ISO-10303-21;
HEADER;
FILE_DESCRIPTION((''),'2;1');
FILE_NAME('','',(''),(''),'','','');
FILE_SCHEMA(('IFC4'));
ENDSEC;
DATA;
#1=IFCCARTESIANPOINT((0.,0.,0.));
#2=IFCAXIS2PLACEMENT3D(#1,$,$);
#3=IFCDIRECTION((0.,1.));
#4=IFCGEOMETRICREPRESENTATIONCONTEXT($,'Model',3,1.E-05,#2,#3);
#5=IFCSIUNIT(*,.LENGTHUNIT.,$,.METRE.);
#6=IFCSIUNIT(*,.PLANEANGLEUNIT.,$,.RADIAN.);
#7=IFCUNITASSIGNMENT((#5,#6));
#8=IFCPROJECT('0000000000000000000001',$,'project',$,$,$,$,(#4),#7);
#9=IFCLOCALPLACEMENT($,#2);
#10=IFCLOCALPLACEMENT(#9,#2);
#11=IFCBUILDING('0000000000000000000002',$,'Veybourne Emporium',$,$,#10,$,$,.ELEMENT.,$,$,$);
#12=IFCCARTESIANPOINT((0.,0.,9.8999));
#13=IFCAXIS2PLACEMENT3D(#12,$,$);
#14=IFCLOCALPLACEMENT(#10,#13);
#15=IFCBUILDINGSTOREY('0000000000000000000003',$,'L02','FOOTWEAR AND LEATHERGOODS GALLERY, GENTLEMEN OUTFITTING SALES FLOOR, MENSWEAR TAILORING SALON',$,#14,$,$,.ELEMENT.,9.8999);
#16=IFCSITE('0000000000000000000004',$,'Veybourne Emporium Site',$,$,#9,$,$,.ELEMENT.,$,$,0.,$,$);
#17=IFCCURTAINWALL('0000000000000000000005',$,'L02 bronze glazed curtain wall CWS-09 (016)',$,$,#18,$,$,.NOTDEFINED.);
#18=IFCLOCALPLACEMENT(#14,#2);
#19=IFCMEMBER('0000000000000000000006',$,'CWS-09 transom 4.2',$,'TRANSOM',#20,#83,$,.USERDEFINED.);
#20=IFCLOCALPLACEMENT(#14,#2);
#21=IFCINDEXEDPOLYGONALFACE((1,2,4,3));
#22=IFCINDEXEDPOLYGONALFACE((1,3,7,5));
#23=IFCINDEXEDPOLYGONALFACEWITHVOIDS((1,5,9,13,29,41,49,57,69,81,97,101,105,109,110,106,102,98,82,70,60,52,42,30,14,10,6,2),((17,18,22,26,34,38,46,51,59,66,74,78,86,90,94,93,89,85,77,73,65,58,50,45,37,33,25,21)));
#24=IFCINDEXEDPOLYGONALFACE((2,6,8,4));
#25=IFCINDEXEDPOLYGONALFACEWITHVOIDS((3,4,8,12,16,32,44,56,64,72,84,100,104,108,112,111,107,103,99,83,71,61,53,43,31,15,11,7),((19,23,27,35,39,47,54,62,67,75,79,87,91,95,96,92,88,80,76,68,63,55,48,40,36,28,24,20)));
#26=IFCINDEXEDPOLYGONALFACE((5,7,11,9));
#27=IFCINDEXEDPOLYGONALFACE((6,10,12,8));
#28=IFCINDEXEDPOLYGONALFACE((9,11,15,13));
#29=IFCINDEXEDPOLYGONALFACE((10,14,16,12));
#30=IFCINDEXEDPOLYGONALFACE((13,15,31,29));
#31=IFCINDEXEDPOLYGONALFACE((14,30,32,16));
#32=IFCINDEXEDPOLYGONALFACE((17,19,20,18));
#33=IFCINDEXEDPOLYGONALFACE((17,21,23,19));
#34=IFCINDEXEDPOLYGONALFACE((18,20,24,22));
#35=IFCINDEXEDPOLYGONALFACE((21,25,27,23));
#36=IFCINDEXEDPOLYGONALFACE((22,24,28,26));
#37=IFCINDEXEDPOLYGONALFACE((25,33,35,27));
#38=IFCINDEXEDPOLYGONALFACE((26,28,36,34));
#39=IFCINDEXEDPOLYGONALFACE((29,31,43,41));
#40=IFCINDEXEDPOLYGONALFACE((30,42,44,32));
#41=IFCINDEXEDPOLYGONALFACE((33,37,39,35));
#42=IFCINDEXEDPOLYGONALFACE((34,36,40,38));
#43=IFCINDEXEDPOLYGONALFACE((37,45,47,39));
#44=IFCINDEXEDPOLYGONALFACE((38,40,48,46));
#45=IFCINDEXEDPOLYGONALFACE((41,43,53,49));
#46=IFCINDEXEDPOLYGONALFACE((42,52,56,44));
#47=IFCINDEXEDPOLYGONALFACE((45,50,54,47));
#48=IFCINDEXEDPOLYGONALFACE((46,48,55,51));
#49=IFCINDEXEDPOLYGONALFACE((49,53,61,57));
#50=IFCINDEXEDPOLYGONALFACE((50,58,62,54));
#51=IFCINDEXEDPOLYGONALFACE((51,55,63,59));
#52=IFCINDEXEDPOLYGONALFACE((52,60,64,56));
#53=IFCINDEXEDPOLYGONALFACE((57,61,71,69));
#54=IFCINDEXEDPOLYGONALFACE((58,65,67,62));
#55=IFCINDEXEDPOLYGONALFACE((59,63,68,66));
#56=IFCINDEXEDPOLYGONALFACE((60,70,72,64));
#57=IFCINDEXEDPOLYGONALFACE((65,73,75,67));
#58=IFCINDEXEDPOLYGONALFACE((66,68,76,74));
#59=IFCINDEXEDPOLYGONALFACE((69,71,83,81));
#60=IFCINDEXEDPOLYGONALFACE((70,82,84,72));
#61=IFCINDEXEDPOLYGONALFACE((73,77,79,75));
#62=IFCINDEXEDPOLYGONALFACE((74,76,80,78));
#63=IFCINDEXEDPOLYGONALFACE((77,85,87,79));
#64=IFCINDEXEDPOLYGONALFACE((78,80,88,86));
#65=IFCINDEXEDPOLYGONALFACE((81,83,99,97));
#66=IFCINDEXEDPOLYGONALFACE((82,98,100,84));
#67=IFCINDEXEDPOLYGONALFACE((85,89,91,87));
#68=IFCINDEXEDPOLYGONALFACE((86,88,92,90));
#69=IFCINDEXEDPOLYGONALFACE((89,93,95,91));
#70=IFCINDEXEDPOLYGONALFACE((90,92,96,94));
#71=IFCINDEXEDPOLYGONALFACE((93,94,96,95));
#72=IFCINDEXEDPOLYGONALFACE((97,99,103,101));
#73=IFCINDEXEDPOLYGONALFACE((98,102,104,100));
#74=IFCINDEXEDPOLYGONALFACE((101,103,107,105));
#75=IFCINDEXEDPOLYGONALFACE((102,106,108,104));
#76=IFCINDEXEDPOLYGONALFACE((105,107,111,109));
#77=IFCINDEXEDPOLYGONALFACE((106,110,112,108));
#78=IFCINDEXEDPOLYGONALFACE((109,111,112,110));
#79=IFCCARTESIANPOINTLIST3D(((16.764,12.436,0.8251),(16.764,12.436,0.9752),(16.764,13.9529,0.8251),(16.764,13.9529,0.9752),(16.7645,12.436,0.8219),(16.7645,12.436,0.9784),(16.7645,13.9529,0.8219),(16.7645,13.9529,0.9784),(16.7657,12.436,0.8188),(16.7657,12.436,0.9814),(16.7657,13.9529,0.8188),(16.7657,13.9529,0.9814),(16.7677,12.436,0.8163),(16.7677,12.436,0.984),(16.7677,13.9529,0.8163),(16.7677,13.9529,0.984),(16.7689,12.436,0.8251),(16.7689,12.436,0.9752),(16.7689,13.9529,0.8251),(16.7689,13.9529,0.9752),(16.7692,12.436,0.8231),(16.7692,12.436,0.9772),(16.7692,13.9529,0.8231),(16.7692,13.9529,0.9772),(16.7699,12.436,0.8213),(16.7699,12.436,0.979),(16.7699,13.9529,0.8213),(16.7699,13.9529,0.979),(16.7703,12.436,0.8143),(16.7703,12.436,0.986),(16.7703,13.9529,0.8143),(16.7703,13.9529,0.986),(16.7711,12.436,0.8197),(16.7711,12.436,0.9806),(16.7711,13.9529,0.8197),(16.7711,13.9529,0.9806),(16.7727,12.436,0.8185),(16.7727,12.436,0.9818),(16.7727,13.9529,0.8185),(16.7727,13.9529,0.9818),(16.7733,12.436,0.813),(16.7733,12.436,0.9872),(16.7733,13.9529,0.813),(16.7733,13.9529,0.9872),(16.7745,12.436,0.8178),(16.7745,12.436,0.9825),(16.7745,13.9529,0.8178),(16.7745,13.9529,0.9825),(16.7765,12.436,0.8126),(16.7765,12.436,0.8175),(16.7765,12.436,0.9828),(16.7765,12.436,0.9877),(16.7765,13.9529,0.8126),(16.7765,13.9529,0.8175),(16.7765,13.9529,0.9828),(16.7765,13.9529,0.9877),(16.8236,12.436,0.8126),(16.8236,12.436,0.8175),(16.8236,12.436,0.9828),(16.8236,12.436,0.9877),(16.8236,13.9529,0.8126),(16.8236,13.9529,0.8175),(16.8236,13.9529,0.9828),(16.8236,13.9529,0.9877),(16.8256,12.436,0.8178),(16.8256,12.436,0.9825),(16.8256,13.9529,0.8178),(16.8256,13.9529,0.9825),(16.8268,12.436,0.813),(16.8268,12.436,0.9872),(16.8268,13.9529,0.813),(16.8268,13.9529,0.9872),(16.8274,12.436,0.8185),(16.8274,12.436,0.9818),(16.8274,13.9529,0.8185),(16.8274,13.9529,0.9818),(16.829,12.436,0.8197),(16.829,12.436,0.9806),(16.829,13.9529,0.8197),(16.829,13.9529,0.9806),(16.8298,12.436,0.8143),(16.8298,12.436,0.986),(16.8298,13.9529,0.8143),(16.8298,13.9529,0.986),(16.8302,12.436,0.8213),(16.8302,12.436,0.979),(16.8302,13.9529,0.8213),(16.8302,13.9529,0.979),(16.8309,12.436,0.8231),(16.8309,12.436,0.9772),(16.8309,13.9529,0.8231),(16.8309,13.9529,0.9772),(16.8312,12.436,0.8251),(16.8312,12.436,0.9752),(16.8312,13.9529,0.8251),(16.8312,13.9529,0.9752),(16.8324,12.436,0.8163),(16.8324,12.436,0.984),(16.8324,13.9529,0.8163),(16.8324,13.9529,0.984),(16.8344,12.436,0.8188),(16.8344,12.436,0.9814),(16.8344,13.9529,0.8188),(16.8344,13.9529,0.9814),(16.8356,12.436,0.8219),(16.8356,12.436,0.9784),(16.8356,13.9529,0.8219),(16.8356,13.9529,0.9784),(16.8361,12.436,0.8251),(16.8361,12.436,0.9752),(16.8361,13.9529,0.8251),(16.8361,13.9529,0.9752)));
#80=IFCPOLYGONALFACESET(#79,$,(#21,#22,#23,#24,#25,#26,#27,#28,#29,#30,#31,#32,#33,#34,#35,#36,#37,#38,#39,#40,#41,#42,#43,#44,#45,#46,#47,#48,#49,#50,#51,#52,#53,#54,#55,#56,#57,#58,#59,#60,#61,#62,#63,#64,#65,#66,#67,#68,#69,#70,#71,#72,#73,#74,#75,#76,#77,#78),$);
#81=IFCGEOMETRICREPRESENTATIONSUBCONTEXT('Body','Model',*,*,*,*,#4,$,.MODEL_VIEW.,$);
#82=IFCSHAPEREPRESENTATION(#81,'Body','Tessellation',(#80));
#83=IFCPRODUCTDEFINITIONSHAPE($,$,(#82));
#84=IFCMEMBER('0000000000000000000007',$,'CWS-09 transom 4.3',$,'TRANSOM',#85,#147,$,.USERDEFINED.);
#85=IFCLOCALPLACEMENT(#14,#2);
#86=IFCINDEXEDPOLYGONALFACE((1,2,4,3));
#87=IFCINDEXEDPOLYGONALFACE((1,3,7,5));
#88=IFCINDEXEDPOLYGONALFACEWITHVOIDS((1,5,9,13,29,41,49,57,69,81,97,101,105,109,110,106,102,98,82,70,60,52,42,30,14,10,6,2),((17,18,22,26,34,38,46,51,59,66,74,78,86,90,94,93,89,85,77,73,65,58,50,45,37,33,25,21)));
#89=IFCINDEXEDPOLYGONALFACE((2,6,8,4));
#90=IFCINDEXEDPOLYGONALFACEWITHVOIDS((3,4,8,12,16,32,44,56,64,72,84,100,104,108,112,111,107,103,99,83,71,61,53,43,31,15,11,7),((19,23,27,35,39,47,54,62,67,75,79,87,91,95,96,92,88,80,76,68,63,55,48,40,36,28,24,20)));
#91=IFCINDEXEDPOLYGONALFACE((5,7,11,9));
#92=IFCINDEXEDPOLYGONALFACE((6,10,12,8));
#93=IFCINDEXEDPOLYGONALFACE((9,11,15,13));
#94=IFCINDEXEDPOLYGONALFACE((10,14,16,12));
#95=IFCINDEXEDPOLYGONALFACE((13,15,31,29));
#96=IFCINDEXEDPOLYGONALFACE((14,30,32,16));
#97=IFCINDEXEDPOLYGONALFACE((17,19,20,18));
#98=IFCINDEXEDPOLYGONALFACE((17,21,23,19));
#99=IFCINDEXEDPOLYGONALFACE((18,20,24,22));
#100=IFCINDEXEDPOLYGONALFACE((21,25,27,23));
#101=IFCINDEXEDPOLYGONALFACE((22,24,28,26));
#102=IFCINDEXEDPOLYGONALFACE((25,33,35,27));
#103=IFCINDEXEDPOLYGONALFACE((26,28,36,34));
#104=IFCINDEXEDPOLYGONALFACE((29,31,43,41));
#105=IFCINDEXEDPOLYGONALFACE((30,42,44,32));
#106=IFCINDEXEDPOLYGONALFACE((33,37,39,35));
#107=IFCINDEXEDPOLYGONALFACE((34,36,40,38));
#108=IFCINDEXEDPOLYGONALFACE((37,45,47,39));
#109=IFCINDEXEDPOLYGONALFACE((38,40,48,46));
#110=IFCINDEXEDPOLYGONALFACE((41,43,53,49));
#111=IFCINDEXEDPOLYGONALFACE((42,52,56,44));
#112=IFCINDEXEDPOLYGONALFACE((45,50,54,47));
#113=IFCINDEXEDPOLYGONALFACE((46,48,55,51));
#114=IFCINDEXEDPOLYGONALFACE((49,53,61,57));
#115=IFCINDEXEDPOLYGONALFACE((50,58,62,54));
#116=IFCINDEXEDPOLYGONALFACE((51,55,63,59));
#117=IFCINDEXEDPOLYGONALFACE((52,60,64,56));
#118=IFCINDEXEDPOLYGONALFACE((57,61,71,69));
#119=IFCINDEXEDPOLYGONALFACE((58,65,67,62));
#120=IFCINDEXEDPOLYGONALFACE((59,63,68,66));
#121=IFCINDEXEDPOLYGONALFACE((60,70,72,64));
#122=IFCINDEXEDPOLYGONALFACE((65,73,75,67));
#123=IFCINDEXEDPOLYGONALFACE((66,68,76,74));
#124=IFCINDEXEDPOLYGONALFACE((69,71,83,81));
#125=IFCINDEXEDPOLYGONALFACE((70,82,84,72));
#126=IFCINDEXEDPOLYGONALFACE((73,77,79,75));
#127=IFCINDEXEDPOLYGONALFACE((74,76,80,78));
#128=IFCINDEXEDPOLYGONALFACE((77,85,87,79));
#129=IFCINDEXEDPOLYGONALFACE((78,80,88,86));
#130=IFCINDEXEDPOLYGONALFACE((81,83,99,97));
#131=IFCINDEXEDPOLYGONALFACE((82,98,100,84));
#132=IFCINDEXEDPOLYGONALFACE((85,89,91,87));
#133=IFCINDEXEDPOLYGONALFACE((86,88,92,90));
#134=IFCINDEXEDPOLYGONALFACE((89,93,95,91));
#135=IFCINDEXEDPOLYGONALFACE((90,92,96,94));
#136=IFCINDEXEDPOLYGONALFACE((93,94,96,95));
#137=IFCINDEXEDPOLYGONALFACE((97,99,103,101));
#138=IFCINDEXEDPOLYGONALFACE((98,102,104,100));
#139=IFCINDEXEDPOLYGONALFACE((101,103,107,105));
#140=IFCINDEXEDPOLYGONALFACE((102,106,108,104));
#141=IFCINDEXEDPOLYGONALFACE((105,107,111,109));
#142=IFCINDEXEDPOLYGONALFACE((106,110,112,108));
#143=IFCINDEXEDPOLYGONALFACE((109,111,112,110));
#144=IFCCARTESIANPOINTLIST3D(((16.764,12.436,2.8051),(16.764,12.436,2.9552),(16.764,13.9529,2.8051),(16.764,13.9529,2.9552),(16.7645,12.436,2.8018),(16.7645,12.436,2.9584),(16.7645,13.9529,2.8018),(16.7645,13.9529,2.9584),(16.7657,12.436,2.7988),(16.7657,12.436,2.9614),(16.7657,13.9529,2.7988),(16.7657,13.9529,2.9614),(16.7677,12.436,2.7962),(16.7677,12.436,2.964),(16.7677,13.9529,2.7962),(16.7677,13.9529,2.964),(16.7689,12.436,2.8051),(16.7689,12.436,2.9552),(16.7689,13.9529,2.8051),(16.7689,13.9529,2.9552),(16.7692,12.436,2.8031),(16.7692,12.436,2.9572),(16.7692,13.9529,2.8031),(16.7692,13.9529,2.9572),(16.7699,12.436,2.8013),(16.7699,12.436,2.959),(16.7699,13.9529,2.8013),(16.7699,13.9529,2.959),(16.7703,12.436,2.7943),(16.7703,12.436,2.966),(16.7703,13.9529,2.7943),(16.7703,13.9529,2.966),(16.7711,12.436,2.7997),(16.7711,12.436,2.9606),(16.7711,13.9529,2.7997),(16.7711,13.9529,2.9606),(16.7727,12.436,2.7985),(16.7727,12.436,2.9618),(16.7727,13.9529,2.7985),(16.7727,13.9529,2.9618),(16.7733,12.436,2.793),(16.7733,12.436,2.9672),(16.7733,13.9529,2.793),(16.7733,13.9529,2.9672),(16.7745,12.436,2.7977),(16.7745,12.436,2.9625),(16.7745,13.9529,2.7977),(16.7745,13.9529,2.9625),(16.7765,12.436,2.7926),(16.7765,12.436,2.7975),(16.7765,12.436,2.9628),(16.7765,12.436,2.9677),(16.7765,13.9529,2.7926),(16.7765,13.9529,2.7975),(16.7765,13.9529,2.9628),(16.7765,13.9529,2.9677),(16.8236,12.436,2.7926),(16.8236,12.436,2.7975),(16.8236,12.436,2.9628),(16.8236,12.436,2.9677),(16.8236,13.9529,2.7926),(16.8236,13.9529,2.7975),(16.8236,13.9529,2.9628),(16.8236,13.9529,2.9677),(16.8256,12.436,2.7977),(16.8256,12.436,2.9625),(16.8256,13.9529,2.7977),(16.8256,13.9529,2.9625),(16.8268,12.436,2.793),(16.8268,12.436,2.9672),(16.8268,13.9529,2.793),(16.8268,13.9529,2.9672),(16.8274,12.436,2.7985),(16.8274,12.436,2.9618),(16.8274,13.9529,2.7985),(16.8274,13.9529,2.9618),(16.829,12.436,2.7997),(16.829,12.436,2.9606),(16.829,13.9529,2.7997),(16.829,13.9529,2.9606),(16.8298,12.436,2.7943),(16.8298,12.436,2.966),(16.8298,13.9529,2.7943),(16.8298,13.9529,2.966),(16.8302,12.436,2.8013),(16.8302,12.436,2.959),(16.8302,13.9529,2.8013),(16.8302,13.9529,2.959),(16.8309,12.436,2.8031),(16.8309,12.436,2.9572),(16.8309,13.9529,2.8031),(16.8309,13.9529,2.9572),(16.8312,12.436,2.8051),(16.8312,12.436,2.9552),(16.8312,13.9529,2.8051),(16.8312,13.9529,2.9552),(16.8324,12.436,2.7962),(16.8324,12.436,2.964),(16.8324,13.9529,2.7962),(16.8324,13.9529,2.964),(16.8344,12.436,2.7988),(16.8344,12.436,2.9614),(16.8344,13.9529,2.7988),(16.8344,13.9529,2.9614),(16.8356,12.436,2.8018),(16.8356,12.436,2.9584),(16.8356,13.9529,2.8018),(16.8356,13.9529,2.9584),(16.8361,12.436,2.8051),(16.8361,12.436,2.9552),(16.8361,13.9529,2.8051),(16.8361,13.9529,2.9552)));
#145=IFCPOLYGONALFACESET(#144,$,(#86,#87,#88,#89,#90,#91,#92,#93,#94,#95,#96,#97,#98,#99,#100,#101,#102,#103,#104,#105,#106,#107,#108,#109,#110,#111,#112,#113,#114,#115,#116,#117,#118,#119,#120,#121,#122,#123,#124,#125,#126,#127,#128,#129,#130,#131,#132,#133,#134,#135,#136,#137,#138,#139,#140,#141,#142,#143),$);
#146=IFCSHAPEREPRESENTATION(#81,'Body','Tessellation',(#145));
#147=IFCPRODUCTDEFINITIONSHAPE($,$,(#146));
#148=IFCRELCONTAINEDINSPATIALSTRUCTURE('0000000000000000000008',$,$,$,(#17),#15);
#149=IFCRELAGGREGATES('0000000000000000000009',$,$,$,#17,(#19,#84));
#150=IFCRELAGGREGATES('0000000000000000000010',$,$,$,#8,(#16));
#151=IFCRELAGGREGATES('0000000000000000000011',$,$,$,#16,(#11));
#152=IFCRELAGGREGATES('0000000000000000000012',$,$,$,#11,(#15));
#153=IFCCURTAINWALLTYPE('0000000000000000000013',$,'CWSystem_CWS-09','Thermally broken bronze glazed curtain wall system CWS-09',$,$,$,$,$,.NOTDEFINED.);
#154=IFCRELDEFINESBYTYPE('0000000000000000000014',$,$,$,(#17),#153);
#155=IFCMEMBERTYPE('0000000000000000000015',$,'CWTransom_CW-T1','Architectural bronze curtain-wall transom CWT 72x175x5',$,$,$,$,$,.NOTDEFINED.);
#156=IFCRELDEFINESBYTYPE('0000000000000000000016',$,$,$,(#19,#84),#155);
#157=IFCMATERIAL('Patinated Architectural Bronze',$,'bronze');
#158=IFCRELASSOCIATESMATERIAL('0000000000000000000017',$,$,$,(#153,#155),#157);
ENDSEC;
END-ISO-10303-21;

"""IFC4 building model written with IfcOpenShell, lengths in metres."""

from ifc_helpers import new_model, si_unit, direction, frame, origin, origin_2d, place, context, subcontext, project, spatial, hollow_rectangle, extrude, material, material_profile, profile_set, type_object, element, aggregate, save


model = new_model("IFC4")

# Units and contexts
model_context = context("Model", 3, precision=1e-05, world=origin(), true_north=direction((0.0, 1.0)))
body_context = subcontext(model_context, "Body", "Model", "MODEL_VIEW")
ifc_project = project(units=[si_unit("LENGTHUNIT", "METRE"), si_unit("PLANEANGLEUNIT", "RADIAN")], contexts=[model_context])

# Site, building, storey
site_placement = place(None, origin())
site = spatial("IfcSite", under=ifc_project, at=site_placement, Name="Veybourne Emporium Site", CompositionType="ELEMENT", RefElevation=0.0)
building_placement = place(site_placement, origin())
building = spatial("IfcBuilding", under=site, at=building_placement, Name="Veybourne Emporium", CompositionType="ELEMENT")
storey_placement = place(building_placement, frame((0.0, 0.0, 9.8999)))
storey = spatial("IfcBuildingStorey", under=building, at=storey_placement, Name="L02", Description="FOOTWEAR AND LEATHERGOODS GALLERY, GENTLEMEN OUTFITTING SALES FLOOR, MENSWEAR TAILORING SALON", CompositionType="ELEMENT", Elevation=9.8999)

# Curtain wall, members
ifc_material_1 = material(Name="Patinated Architectural Bronze", Category="bronze")
curtain_wall_type = type_object("IfcCurtainWallType", Name="CWSystem_CWS-09", Description="Thermally broken bronze glazed curtain wall system CWS-09", PredefinedType="NOTDEFINED", material=ifc_material_1)
curtain_wall_placement = place(storey_placement, origin())
curtain_wall = element("IfcCurtainWall", 1, at=curtain_wall_placement, inside=storey, type_object=curtain_wall_type, Name="L02 bronze glazed curtain wall CWS-09 (016)", PredefinedType="NOTDEFINED")
ifc_material_profile_1 = material_profile(ifc_material_1, hollow_rectangle(XDim=0.072, YDim=0.175, WallThickness=0.0049, InnerFilletRadius=0.0076, OuterFilletRadius=0.0125, at=origin_2d()), Name="CWT 72x175x5")
ifc_profile_set_1 = profile_set([ifc_material_profile_1], Name="Patinated Architectural Bronze")
member_type_1 = type_object("IfcMemberType", Name="CWTransom_CW-T1", Description="Architectural bronze curtain-wall transom CWT 72x175x5", PredefinedType="NOTDEFINED", material=ifc_profile_set_1)
member_1_placement = place(storey_placement, frame((16.8, 12.436, 0.9001), z_axis=(0.0, 1.0, 0.0), x_axis=(-1.0, 0.0, 0.0)))
member_1 = element("IfcMember", 2, at=member_1_placement, type_object=member_type_1, Name="CWS-09 transom 4.2", ObjectType="TRANSOM", PredefinedType="USERDEFINED", context=body_context, shape_type="SweptSolid", body=[
    extrude(hollow_rectangle(XDim=0.072, YDim=0.175, WallThickness=0.0049, InnerFilletRadius=0.0076, OuterFilletRadius=0.0125, at=origin_2d()), origin(), (0.0, 0.0, 1.0), 1.5168),
])
member_2_placement = place(storey_placement, frame((16.8, 12.436, 2.8801), z_axis=(0.0, 1.0, 0.0), x_axis=(-1.0, 0.0, 0.0)))
member_2 = element("IfcMember", 3, at=member_2_placement, type_object=member_type_1, Name="CWS-09 transom 4.3", ObjectType="TRANSOM", PredefinedType="USERDEFINED", context=body_context, shape_type="SweptSolid", body=[
    extrude(hollow_rectangle(XDim=0.072, YDim=0.175, WallThickness=0.0049, InnerFilletRadius=0.0076, OuterFilletRadius=0.0125, at=origin_2d()), origin(), (0.0, 0.0, 1.0), 1.5168),
])
aggregate(curtain_wall, [member_1, member_2])

save(model, "model.ifc")
